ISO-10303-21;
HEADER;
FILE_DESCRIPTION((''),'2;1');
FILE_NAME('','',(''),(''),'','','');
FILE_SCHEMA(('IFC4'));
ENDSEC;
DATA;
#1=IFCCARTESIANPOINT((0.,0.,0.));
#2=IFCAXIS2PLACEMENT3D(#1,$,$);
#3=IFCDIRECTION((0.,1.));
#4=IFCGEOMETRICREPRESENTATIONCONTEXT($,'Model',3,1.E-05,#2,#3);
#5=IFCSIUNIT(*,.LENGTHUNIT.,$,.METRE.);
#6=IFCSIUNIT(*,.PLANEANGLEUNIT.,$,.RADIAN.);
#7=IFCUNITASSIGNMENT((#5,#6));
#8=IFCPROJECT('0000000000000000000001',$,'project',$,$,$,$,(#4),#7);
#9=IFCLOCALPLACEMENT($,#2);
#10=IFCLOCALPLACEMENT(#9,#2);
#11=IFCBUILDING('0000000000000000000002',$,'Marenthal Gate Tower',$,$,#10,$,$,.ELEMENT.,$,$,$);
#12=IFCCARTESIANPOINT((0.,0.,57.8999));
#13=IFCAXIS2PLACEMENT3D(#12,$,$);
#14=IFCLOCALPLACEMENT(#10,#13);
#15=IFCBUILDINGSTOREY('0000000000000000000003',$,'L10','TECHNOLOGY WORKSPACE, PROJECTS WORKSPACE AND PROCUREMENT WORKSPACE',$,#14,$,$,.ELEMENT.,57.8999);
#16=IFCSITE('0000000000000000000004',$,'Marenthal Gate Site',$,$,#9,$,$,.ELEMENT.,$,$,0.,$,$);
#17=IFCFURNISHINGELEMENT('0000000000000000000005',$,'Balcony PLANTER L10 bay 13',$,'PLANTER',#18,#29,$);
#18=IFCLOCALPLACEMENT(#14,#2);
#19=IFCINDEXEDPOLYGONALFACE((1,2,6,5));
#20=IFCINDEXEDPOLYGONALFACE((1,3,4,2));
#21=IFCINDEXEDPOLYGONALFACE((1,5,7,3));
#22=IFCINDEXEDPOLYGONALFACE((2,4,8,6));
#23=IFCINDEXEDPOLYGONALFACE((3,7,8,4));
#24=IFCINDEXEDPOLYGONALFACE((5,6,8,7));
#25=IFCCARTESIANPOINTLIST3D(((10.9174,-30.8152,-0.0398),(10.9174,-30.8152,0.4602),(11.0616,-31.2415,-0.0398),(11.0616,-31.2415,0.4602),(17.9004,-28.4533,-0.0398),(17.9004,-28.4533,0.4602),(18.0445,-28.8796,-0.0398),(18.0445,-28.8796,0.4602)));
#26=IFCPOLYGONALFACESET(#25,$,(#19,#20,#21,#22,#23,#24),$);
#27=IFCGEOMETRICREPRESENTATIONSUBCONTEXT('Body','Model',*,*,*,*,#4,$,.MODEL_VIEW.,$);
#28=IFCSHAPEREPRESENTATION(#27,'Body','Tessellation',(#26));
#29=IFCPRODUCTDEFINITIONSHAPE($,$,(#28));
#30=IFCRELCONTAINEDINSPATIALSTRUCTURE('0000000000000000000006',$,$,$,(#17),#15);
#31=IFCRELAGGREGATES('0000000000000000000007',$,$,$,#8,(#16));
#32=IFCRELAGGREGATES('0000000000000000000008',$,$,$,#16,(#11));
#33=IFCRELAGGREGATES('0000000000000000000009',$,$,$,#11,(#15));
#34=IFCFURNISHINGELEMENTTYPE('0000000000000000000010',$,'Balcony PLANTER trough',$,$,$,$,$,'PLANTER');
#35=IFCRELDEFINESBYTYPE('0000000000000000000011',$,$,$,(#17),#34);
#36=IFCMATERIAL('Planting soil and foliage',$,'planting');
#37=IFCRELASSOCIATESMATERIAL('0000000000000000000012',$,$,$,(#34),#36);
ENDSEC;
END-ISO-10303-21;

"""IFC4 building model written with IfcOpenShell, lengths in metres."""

from ifc_helpers import new_model, si_unit, direction, frame, origin, origin_2d, place, context, subcontext, project, spatial, rectangle, extrude, material, type_object, element, save


model = new_model("IFC4")

# Units and contexts
model_context = context("Model", 3, precision=1e-05, world=origin(), true_north=direction((0.0, 1.0)))
body_context = subcontext(model_context, "Body", "Model", "MODEL_VIEW")
ifc_project = project(units=[si_unit("LENGTHUNIT", "METRE"), si_unit("PLANEANGLEUNIT", "RADIAN")], contexts=[model_context])

# Site, building, storey
site_placement = place(None, origin())
site = spatial("IfcSite", under=ifc_project, at=site_placement, Name="Marenthal Gate Site", CompositionType="ELEMENT", RefElevation=0.0)
building_placement = place(site_placement, origin())
building = spatial("IfcBuilding", under=site, at=building_placement, Name="Marenthal Gate Tower", CompositionType="ELEMENT")
storey_placement = place(building_placement, frame((0.0, 0.0, 57.8999)))
storey = spatial("IfcBuildingStorey", under=building, at=storey_placement, Name="L10", Description="TECHNOLOGY WORKSPACE, PROJECTS WORKSPACE AND PROCUREMENT WORKSPACE", CompositionType="ELEMENT", Elevation=57.8999)

# Furnishing element
ifc_material_1 = material(Name="Planting soil and foliage", Category="planting")
furnishing_element_type = type_object("IfcFurnishingElementType", Name="Balcony PLANTER trough", ElementType="PLANTER", material=ifc_material_1)
furnishing_placement = place(storey_placement, frame((14.481, -29.8474, -0.0398), z_axis=(0.0, 0.0, 1.0), x_axis=(0.94728, 0.320406, 0.0)))
element("IfcFurnishingElement", 1, at=furnishing_placement, inside=storey, type_object=furnishing_element_type, Name="Balcony PLANTER L10 bay 13", ObjectType="PLANTER", context=body_context, shape_type="SweptSolid", body=[
    extrude(rectangle(XDim=7.3716, YDim=0.45, at=origin_2d()), origin(), (0.0, 0.0, 1.0), 0.5),
])

save(model, "model.ifc")
